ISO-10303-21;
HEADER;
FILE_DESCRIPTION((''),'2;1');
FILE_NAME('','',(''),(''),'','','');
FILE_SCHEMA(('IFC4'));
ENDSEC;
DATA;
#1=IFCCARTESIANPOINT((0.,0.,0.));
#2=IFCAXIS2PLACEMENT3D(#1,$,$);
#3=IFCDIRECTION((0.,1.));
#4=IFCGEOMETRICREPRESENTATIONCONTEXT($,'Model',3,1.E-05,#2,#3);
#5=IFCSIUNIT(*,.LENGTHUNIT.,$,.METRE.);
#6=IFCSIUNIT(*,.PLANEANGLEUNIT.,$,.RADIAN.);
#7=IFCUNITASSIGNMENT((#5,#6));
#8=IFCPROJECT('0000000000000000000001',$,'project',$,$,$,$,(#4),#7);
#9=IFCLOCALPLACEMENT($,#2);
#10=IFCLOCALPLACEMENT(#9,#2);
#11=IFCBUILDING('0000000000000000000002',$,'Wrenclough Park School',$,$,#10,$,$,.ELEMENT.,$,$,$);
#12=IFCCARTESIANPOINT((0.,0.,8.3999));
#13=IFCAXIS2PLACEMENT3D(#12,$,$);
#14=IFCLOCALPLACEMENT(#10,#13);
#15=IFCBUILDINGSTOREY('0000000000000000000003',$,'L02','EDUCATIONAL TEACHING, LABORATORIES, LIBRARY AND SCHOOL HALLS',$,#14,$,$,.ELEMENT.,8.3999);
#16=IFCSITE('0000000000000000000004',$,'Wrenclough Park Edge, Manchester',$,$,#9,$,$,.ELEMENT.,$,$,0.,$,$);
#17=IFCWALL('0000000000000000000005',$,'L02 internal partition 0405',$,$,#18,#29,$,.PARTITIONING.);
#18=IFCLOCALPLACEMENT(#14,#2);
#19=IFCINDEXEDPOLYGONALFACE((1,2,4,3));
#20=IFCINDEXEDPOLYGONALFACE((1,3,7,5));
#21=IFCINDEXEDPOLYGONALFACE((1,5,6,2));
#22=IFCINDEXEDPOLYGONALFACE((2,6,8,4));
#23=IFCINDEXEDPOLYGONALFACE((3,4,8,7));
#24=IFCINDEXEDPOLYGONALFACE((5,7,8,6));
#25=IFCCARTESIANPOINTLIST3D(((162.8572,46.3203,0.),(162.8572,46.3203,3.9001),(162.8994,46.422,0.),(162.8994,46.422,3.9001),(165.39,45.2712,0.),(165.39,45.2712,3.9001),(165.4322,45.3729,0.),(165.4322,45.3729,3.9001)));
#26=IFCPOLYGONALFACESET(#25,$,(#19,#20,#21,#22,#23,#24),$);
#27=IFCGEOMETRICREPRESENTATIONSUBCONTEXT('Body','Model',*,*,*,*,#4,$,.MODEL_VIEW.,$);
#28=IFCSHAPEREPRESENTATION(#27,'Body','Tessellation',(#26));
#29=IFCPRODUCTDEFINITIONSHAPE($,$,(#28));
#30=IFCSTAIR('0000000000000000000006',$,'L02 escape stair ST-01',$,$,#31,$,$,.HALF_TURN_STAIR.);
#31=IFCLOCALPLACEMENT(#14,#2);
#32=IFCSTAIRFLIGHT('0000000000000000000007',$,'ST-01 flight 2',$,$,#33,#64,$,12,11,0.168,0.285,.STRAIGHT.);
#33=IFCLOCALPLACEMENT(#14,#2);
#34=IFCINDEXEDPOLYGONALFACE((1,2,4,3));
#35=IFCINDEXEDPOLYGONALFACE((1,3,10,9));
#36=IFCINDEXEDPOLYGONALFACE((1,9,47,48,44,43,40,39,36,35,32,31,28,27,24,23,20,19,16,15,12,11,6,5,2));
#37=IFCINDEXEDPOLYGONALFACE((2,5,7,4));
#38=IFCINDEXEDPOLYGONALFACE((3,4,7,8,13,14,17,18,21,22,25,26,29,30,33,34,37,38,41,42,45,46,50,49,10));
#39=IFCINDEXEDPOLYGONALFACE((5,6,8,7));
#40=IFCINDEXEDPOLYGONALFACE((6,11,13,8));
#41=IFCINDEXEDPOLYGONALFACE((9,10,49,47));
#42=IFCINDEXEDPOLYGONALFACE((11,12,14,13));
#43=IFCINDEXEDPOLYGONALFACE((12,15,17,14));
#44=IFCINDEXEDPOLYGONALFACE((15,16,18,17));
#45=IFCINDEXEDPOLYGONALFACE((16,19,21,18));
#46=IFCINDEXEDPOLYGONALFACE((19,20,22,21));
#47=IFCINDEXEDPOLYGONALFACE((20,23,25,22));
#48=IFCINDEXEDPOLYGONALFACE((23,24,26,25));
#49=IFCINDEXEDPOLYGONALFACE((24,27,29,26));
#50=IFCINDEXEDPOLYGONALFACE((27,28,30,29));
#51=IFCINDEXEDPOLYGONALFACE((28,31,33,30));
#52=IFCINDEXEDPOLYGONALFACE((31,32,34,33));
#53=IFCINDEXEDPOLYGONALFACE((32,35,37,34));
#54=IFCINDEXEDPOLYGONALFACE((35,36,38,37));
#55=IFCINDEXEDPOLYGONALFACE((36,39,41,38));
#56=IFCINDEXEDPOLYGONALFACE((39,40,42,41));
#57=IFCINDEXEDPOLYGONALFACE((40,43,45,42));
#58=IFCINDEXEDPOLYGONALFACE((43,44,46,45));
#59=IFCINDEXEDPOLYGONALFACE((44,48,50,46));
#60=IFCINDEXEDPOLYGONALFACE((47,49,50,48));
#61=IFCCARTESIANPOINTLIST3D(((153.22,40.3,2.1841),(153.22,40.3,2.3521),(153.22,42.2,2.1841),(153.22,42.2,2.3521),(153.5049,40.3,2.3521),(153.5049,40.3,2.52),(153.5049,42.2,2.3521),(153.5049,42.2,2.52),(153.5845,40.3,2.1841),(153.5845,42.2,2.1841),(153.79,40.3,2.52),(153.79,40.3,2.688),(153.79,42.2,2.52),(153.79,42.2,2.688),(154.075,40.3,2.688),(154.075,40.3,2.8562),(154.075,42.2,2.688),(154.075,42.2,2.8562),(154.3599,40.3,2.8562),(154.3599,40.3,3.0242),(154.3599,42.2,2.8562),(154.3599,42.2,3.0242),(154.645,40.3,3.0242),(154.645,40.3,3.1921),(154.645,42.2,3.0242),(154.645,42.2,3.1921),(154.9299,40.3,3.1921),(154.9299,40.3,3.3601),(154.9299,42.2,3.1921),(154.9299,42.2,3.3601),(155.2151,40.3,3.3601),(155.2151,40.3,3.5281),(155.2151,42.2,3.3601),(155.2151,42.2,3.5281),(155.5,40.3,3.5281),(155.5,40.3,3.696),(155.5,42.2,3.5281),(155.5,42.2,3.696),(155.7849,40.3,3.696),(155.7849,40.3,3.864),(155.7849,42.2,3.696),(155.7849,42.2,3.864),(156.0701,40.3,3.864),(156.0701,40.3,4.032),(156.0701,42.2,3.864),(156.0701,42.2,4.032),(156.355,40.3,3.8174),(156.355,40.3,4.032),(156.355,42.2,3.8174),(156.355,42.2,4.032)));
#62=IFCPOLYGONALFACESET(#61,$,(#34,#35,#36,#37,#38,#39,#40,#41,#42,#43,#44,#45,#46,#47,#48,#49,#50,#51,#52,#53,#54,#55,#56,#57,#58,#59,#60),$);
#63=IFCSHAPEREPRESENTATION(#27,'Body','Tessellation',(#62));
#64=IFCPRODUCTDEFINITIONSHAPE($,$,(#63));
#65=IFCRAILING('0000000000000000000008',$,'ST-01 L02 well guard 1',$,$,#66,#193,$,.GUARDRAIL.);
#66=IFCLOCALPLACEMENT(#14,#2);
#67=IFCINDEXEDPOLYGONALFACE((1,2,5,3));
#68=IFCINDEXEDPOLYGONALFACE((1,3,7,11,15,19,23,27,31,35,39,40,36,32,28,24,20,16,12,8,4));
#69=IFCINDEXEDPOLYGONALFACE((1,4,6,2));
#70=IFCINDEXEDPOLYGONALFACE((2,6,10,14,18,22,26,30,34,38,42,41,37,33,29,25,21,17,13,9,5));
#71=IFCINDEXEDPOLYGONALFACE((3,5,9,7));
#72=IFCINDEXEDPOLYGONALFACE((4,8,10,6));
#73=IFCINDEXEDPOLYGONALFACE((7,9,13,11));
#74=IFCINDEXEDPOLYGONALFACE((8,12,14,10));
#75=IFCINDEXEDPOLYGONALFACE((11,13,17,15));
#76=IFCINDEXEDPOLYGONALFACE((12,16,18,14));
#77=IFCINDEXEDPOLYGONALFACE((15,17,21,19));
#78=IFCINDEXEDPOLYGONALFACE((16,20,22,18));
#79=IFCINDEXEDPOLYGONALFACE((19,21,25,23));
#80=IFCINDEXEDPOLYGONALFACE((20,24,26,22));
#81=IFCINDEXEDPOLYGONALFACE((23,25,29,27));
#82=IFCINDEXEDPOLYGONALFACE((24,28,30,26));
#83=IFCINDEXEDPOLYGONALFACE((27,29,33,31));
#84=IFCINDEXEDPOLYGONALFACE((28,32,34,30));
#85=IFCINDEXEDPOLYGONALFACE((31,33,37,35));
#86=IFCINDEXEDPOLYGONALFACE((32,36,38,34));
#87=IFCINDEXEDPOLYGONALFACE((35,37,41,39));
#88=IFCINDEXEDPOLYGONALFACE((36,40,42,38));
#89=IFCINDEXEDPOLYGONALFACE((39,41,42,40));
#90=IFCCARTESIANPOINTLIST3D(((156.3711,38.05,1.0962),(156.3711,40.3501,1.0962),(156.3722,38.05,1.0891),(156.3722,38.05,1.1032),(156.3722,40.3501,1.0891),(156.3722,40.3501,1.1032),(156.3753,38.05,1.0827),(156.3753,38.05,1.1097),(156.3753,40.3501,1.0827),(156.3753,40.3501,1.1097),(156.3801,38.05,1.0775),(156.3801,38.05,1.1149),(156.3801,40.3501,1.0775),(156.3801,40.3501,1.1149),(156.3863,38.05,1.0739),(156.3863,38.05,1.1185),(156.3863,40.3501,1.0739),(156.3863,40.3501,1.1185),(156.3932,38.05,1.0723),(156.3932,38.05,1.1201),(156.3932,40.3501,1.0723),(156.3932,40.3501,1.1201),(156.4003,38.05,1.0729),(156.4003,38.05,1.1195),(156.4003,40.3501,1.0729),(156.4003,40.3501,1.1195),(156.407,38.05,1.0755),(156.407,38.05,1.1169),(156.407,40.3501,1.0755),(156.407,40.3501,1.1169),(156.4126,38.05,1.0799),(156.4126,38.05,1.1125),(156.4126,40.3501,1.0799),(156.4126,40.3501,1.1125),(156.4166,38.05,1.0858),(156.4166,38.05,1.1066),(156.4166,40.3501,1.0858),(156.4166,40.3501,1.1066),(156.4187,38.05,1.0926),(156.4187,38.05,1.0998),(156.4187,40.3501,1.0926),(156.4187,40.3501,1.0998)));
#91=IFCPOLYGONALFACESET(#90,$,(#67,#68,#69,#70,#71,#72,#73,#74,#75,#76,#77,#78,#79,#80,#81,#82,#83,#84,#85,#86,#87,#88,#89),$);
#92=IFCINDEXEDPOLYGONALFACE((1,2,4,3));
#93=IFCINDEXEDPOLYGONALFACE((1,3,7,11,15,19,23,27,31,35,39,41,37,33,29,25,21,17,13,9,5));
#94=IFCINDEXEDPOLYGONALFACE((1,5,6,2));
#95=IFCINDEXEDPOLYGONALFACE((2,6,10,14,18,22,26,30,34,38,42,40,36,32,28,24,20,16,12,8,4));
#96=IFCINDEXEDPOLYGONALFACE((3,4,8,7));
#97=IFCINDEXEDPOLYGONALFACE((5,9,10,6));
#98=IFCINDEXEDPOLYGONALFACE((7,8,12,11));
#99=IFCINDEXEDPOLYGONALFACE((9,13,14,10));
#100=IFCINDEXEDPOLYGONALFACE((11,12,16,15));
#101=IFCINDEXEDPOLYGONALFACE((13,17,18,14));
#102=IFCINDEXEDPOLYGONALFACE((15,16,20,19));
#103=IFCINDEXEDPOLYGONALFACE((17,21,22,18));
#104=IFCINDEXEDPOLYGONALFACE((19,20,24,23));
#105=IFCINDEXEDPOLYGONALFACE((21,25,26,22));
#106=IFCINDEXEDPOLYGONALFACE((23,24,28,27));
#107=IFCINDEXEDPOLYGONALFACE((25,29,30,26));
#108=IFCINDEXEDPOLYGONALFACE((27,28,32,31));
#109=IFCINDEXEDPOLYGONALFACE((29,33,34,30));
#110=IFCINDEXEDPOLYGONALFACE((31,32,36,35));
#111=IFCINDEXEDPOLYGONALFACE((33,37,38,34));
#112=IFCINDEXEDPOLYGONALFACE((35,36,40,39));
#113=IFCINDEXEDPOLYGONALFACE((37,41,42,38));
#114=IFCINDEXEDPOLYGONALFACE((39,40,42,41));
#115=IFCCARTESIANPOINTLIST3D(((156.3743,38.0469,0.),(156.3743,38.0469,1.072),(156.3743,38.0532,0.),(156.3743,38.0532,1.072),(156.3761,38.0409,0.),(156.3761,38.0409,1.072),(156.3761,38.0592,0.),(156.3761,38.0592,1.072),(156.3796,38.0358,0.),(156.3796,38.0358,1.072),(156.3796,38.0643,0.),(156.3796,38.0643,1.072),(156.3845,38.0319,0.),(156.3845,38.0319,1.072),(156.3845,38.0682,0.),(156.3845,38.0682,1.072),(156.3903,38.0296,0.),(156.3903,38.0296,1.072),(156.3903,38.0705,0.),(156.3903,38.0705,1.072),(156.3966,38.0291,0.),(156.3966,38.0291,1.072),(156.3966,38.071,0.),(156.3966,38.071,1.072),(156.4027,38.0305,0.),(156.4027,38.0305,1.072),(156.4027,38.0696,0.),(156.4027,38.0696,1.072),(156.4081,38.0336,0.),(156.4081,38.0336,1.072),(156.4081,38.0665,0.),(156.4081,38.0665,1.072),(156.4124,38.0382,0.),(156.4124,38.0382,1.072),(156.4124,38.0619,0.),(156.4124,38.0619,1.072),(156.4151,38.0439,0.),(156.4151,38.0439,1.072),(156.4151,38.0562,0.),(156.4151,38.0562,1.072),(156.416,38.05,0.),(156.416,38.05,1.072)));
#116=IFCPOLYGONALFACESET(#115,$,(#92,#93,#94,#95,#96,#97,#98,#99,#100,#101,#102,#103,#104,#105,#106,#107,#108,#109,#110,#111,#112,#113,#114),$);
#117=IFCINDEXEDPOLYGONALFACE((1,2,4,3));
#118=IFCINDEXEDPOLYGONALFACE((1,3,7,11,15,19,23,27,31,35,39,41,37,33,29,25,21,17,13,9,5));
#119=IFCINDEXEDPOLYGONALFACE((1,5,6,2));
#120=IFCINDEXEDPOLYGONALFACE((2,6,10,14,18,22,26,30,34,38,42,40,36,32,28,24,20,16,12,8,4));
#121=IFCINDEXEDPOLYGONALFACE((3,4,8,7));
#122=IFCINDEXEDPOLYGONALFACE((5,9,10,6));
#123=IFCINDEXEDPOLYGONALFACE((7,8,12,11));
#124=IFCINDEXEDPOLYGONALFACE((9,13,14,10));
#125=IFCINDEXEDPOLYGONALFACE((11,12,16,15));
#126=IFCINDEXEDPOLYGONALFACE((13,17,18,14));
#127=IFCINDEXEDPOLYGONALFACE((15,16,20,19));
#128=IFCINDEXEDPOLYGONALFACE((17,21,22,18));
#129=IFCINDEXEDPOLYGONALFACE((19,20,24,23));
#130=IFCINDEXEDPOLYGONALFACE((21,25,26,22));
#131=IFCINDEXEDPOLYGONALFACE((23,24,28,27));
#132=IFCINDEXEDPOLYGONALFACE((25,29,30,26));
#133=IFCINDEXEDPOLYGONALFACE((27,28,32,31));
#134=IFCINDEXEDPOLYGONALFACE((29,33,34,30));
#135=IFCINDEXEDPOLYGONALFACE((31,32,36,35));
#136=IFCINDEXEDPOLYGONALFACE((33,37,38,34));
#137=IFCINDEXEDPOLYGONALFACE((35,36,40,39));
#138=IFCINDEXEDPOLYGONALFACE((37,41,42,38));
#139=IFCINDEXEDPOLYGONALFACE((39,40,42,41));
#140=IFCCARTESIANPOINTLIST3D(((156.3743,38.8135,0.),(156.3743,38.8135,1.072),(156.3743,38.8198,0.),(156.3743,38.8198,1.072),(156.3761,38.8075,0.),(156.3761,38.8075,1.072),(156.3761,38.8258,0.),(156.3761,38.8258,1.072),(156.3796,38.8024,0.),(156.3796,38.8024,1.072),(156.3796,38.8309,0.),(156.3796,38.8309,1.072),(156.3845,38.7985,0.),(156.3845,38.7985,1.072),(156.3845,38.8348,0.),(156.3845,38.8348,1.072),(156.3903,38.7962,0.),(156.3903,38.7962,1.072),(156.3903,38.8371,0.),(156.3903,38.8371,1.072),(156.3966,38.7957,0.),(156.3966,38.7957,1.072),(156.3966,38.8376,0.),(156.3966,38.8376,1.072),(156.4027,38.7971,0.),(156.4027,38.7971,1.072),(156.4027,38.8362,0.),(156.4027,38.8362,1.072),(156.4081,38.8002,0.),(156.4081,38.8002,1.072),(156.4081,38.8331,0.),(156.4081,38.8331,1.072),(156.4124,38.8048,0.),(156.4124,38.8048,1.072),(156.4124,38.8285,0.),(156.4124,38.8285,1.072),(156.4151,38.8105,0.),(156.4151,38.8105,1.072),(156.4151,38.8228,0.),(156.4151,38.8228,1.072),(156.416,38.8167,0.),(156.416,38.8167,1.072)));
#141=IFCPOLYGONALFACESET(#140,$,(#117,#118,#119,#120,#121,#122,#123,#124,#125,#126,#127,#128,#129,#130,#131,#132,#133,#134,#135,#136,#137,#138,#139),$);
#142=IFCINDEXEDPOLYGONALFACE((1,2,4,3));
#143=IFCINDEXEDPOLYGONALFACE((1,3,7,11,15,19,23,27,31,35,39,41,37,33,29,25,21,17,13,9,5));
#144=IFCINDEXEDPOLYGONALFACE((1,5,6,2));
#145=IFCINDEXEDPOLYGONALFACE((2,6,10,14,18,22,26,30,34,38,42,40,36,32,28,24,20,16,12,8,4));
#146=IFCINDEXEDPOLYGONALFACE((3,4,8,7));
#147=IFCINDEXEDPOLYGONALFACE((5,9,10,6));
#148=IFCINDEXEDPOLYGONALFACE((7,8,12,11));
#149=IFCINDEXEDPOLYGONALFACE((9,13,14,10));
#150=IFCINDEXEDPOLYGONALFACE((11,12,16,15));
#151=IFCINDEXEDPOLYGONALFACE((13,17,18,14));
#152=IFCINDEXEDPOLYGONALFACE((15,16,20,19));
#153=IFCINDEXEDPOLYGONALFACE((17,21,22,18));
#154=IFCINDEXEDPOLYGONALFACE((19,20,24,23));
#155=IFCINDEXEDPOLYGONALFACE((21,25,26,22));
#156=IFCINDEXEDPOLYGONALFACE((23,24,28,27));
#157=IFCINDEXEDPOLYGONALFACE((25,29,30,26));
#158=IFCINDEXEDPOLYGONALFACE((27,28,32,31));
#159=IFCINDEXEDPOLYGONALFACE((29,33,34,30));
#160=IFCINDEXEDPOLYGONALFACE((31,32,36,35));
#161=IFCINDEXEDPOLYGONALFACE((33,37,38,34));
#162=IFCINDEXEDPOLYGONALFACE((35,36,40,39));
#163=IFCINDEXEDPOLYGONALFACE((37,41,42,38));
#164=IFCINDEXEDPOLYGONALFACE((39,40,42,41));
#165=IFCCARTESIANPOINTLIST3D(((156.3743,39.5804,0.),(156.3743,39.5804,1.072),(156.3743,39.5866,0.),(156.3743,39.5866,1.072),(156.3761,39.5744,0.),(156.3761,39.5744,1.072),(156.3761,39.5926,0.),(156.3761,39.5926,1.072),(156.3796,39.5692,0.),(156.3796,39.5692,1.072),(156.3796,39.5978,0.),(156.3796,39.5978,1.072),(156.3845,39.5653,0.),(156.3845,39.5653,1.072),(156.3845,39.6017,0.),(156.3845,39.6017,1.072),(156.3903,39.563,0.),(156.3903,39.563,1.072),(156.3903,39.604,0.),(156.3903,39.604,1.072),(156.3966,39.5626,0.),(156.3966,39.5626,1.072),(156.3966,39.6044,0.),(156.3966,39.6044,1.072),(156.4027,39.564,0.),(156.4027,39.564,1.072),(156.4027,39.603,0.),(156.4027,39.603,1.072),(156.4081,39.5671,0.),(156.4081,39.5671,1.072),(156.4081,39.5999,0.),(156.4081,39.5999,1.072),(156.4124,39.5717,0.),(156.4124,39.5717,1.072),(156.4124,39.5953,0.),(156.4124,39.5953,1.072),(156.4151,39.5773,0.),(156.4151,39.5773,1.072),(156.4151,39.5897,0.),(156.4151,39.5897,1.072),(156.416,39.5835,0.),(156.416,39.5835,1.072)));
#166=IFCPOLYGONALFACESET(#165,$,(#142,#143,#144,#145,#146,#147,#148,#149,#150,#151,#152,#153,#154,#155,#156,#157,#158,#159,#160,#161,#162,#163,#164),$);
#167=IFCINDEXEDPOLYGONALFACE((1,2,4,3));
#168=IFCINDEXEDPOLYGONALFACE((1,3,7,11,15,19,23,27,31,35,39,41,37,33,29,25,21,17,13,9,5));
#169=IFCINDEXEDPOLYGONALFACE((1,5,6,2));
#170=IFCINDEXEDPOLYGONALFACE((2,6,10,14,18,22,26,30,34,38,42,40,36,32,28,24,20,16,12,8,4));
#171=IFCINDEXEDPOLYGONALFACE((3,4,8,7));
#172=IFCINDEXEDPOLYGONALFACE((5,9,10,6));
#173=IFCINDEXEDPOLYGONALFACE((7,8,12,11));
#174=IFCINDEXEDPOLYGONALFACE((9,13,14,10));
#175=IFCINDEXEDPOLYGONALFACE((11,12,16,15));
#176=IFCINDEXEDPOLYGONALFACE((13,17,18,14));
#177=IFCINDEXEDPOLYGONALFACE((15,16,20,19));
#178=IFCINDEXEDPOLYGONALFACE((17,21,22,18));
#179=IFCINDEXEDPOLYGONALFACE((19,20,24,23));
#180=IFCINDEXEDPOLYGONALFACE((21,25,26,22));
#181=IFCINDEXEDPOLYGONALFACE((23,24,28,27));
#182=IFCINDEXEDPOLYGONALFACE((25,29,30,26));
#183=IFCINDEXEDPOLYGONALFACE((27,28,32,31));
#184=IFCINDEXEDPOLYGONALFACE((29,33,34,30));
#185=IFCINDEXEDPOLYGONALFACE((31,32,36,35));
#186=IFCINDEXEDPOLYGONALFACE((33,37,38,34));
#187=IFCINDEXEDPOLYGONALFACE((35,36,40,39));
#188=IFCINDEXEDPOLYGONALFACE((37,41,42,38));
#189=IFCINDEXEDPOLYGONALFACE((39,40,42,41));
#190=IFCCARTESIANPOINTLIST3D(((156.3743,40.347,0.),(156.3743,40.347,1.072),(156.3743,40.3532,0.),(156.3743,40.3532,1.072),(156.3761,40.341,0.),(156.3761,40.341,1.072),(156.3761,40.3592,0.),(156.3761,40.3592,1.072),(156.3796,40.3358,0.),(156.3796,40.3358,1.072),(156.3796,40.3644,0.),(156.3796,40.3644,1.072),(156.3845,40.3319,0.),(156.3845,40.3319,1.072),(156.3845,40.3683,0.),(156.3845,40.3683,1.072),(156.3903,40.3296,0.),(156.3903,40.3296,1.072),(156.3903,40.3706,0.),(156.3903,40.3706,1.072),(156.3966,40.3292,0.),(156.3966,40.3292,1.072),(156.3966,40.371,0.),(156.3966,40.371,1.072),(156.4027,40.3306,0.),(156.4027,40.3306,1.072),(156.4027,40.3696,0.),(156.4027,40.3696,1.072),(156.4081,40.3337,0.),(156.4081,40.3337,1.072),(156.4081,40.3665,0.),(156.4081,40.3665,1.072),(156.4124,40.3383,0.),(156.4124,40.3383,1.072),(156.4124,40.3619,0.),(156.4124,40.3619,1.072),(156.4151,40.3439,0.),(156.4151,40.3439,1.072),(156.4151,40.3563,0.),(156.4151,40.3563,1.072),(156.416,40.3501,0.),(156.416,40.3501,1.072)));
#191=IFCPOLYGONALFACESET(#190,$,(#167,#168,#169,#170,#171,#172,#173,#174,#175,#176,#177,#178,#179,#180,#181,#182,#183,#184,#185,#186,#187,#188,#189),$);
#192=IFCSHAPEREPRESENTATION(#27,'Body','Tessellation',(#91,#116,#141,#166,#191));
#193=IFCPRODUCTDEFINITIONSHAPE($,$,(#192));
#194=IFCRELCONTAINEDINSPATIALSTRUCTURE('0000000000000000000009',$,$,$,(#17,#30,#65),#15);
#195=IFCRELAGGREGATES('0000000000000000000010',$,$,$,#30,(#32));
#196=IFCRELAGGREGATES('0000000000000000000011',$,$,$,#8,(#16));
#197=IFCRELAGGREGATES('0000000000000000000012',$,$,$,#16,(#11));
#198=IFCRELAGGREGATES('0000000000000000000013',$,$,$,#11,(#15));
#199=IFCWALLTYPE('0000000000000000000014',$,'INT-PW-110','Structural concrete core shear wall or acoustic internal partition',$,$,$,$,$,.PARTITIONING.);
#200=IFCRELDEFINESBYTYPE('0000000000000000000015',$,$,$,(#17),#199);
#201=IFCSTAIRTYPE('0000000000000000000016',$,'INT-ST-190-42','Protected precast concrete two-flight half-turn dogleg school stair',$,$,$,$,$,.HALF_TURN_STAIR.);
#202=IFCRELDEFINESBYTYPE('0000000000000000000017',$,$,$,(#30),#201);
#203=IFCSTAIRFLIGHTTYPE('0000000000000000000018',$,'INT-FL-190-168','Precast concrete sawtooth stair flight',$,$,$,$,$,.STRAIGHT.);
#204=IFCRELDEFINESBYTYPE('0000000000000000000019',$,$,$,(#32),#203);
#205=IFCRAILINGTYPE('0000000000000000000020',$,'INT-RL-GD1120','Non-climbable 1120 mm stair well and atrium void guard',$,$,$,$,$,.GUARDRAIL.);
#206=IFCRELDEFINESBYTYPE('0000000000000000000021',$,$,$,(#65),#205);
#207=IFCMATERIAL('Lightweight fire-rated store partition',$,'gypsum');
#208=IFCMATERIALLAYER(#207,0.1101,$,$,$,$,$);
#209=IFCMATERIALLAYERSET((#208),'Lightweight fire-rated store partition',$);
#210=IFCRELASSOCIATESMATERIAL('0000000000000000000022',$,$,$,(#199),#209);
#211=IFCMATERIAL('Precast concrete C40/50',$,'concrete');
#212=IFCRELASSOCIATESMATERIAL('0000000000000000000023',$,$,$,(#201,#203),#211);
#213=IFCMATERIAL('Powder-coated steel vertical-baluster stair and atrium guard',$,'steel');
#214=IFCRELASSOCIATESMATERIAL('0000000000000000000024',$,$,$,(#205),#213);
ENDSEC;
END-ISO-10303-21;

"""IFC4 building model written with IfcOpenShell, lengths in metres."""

from ifc_helpers import new_model, si_unit, direction, frame, frame_2d, origin, origin_2d, place, context, subcontext, project, spatial, polyline, rectangle, circle, outline, extrude, material, layer, layer_set, type_object, element, aggregate, save


model = new_model("IFC4")

# Units and contexts
model_context = context("Model", 3, precision=1e-05, world=origin(), true_north=direction((0.0, 1.0)))
body_context = subcontext(model_context, "Body", "Model", "MODEL_VIEW")
ifc_project = project(units=[si_unit("LENGTHUNIT", "METRE"), si_unit("PLANEANGLEUNIT", "RADIAN")], contexts=[model_context])

# Site, building, storey
site_placement = place(None, origin())
site = spatial("IfcSite", under=ifc_project, at=site_placement, Name="Wrenclough Park Edge, Manchester", CompositionType="ELEMENT", RefElevation=0.0)
building_placement = place(site_placement, origin())
building = spatial("IfcBuilding", under=site, at=building_placement, Name="Wrenclough Park School", CompositionType="ELEMENT")
storey_placement = place(building_placement, frame((0.0, 0.0, 8.3999)))
storey = spatial("IfcBuildingStorey", under=building, at=storey_placement, Name="L02", Description="EDUCATIONAL TEACHING, LABORATORIES, LIBRARY AND SCHOOL HALLS", CompositionType="ELEMENT", Elevation=8.3999)

# Wall
ifc_material_1 = material(Name="Lightweight fire-rated store partition", Category="gypsum")
ifc_layer_1 = layer(ifc_material_1, 0.1101)
ifc_layer_set_1 = layer_set([ifc_layer_1], Name="Lightweight fire-rated store partition")
wall_type_1 = type_object("IfcWallType", Name="INT-PW-110", Description="Structural concrete core shear wall or acoustic internal partition", PredefinedType="PARTITIONING", material=ifc_layer_set_1)
wall_1_placement = place(storey_placement, frame((162.8784, 46.3711, 0.0), z_axis=(0.0, 0.0, 1.0), x_axis=(0.923881, -0.38268, 0.0)))
element("IfcWall", 1, at=wall_1_placement, inside=storey, type_object=wall_type_1, Name="L02 internal partition 0405", PredefinedType="PARTITIONING", context=body_context, shape_type="SweptSolid", body=[
    extrude(rectangle(XDim=2.7415, YDim=0.1101, at=frame_2d((1.3706, 0.0))), origin(), (0.0, 0.0, 1.0), 3.9001),
])

# Stair, stair flight
ifc_material_2 = material(Name="Precast concrete C40/50", Category="concrete")
stair_type = type_object("IfcStairType", Name="INT-ST-190-42", Description="Protected precast concrete two-flight half-turn dogleg school stair", PredefinedType="HALF_TURN_STAIR", material=ifc_material_2)
stair_placement = place(storey_placement, origin())
stair = element("IfcStair", 2, at=stair_placement, inside=storey, type_object=stair_type, Name="L02 escape stair ST-01", PredefinedType="HALF_TURN_STAIR")
stair_flight_type = type_object("IfcStairFlightType", Name="INT-FL-190-168", Description="Precast concrete sawtooth stair flight", PredefinedType="STRAIGHT", material=ifc_material_2)
stair_flight_placement = place(storey_placement, frame((153.22, 41.25, 2.1841), z_axis=(0.0, 0.0, 1.0), x_axis=(1.0, 0.0, 0.0)))
stair_flight = element("IfcStairFlight", 3, at=stair_flight_placement, type_object=stair_flight_type, Name="ST-01 flight 2", NumberOfRisers=12, NumberOfTreads=11, PredefinedType="STRAIGHT", RiserHeight=0.168, TreadLength=0.285, context=body_context, shape_type="SweptSolid", body=[
    extrude(outline(polyline([(0.0, 0.0), (0.0, 0.168), (0.2849, 0.168), (0.2849, 0.3359), (0.5701, 0.3359), (0.5701, 0.5039), (0.855, 0.5039), (0.855, 0.6721), (1.1399, 0.6721), (1.1399, 0.8401), (1.425, 0.8401), (1.425, 1.0081), (1.71, 1.0081), (1.71, 1.176), (1.9951, 1.176), (1.9951, 1.344), (2.28, 1.344), (2.28, 1.512), (2.5649, 1.512), (2.5649, 1.6799), (2.8501, 1.6799), (2.8501, 1.8479), (3.135, 1.8479), (3.135, 2.0161), (3.135, 1.6333), (0.3645, 0.0), (0.0, 0.0)])), frame((0.0, 0.95, 0.0), z_axis=(0.0, -1.0, 0.0), x_axis=(1.0, 0.0, 0.0)), (0.0, 0.0, 1.0), 1.8999),
])
aggregate(stair, [stair_flight])

# Railing
ifc_material_3 = material(Name="Powder-coated steel vertical-baluster stair and atrium guard", Category="steel")
railing_type_1 = type_object("IfcRailingType", Name="INT-RL-GD1120", Description="Non-climbable 1120 mm stair well and atrium void guard", PredefinedType="GUARDRAIL", material=ifc_material_3)
railing_1_placement = place(storey_placement, frame((156.395, 38.05, 0.0)))
element("IfcRailing", 4, at=railing_1_placement, inside=storey, type_object=railing_type_1, Name="ST-01 L02 well guard 1", PredefinedType="GUARDRAIL", context=body_context, shape_type="SweptSolid", body=[
    extrude(circle(Radius=0.0239, at=origin_2d()), frame((0.0, 0.0, 1.0962), z_axis=(0.0, 1.0, 0.0), x_axis=(-1.0, 0.0, 0.0)), (0.0, 0.0, 1.0), 2.3),
    extrude(circle(Radius=0.021, at=origin_2d()), origin(), (0.0, 0.0, 1.0), 1.072),
    extrude(circle(Radius=0.021, at=origin_2d()), frame((0.0, 0.7666, 0.0)), (0.0, 0.0, 1.0), 1.072),
    extrude(circle(Radius=0.021, at=origin_2d()), frame((0.0, 1.5334, 0.0)), (0.0, 0.0, 1.0), 1.072),
    extrude(circle(Radius=0.021, at=origin_2d()), frame((0.0, 2.3, 0.0)), (0.0, 0.0, 1.0), 1.072),
])

save(model, "model.ifc")
